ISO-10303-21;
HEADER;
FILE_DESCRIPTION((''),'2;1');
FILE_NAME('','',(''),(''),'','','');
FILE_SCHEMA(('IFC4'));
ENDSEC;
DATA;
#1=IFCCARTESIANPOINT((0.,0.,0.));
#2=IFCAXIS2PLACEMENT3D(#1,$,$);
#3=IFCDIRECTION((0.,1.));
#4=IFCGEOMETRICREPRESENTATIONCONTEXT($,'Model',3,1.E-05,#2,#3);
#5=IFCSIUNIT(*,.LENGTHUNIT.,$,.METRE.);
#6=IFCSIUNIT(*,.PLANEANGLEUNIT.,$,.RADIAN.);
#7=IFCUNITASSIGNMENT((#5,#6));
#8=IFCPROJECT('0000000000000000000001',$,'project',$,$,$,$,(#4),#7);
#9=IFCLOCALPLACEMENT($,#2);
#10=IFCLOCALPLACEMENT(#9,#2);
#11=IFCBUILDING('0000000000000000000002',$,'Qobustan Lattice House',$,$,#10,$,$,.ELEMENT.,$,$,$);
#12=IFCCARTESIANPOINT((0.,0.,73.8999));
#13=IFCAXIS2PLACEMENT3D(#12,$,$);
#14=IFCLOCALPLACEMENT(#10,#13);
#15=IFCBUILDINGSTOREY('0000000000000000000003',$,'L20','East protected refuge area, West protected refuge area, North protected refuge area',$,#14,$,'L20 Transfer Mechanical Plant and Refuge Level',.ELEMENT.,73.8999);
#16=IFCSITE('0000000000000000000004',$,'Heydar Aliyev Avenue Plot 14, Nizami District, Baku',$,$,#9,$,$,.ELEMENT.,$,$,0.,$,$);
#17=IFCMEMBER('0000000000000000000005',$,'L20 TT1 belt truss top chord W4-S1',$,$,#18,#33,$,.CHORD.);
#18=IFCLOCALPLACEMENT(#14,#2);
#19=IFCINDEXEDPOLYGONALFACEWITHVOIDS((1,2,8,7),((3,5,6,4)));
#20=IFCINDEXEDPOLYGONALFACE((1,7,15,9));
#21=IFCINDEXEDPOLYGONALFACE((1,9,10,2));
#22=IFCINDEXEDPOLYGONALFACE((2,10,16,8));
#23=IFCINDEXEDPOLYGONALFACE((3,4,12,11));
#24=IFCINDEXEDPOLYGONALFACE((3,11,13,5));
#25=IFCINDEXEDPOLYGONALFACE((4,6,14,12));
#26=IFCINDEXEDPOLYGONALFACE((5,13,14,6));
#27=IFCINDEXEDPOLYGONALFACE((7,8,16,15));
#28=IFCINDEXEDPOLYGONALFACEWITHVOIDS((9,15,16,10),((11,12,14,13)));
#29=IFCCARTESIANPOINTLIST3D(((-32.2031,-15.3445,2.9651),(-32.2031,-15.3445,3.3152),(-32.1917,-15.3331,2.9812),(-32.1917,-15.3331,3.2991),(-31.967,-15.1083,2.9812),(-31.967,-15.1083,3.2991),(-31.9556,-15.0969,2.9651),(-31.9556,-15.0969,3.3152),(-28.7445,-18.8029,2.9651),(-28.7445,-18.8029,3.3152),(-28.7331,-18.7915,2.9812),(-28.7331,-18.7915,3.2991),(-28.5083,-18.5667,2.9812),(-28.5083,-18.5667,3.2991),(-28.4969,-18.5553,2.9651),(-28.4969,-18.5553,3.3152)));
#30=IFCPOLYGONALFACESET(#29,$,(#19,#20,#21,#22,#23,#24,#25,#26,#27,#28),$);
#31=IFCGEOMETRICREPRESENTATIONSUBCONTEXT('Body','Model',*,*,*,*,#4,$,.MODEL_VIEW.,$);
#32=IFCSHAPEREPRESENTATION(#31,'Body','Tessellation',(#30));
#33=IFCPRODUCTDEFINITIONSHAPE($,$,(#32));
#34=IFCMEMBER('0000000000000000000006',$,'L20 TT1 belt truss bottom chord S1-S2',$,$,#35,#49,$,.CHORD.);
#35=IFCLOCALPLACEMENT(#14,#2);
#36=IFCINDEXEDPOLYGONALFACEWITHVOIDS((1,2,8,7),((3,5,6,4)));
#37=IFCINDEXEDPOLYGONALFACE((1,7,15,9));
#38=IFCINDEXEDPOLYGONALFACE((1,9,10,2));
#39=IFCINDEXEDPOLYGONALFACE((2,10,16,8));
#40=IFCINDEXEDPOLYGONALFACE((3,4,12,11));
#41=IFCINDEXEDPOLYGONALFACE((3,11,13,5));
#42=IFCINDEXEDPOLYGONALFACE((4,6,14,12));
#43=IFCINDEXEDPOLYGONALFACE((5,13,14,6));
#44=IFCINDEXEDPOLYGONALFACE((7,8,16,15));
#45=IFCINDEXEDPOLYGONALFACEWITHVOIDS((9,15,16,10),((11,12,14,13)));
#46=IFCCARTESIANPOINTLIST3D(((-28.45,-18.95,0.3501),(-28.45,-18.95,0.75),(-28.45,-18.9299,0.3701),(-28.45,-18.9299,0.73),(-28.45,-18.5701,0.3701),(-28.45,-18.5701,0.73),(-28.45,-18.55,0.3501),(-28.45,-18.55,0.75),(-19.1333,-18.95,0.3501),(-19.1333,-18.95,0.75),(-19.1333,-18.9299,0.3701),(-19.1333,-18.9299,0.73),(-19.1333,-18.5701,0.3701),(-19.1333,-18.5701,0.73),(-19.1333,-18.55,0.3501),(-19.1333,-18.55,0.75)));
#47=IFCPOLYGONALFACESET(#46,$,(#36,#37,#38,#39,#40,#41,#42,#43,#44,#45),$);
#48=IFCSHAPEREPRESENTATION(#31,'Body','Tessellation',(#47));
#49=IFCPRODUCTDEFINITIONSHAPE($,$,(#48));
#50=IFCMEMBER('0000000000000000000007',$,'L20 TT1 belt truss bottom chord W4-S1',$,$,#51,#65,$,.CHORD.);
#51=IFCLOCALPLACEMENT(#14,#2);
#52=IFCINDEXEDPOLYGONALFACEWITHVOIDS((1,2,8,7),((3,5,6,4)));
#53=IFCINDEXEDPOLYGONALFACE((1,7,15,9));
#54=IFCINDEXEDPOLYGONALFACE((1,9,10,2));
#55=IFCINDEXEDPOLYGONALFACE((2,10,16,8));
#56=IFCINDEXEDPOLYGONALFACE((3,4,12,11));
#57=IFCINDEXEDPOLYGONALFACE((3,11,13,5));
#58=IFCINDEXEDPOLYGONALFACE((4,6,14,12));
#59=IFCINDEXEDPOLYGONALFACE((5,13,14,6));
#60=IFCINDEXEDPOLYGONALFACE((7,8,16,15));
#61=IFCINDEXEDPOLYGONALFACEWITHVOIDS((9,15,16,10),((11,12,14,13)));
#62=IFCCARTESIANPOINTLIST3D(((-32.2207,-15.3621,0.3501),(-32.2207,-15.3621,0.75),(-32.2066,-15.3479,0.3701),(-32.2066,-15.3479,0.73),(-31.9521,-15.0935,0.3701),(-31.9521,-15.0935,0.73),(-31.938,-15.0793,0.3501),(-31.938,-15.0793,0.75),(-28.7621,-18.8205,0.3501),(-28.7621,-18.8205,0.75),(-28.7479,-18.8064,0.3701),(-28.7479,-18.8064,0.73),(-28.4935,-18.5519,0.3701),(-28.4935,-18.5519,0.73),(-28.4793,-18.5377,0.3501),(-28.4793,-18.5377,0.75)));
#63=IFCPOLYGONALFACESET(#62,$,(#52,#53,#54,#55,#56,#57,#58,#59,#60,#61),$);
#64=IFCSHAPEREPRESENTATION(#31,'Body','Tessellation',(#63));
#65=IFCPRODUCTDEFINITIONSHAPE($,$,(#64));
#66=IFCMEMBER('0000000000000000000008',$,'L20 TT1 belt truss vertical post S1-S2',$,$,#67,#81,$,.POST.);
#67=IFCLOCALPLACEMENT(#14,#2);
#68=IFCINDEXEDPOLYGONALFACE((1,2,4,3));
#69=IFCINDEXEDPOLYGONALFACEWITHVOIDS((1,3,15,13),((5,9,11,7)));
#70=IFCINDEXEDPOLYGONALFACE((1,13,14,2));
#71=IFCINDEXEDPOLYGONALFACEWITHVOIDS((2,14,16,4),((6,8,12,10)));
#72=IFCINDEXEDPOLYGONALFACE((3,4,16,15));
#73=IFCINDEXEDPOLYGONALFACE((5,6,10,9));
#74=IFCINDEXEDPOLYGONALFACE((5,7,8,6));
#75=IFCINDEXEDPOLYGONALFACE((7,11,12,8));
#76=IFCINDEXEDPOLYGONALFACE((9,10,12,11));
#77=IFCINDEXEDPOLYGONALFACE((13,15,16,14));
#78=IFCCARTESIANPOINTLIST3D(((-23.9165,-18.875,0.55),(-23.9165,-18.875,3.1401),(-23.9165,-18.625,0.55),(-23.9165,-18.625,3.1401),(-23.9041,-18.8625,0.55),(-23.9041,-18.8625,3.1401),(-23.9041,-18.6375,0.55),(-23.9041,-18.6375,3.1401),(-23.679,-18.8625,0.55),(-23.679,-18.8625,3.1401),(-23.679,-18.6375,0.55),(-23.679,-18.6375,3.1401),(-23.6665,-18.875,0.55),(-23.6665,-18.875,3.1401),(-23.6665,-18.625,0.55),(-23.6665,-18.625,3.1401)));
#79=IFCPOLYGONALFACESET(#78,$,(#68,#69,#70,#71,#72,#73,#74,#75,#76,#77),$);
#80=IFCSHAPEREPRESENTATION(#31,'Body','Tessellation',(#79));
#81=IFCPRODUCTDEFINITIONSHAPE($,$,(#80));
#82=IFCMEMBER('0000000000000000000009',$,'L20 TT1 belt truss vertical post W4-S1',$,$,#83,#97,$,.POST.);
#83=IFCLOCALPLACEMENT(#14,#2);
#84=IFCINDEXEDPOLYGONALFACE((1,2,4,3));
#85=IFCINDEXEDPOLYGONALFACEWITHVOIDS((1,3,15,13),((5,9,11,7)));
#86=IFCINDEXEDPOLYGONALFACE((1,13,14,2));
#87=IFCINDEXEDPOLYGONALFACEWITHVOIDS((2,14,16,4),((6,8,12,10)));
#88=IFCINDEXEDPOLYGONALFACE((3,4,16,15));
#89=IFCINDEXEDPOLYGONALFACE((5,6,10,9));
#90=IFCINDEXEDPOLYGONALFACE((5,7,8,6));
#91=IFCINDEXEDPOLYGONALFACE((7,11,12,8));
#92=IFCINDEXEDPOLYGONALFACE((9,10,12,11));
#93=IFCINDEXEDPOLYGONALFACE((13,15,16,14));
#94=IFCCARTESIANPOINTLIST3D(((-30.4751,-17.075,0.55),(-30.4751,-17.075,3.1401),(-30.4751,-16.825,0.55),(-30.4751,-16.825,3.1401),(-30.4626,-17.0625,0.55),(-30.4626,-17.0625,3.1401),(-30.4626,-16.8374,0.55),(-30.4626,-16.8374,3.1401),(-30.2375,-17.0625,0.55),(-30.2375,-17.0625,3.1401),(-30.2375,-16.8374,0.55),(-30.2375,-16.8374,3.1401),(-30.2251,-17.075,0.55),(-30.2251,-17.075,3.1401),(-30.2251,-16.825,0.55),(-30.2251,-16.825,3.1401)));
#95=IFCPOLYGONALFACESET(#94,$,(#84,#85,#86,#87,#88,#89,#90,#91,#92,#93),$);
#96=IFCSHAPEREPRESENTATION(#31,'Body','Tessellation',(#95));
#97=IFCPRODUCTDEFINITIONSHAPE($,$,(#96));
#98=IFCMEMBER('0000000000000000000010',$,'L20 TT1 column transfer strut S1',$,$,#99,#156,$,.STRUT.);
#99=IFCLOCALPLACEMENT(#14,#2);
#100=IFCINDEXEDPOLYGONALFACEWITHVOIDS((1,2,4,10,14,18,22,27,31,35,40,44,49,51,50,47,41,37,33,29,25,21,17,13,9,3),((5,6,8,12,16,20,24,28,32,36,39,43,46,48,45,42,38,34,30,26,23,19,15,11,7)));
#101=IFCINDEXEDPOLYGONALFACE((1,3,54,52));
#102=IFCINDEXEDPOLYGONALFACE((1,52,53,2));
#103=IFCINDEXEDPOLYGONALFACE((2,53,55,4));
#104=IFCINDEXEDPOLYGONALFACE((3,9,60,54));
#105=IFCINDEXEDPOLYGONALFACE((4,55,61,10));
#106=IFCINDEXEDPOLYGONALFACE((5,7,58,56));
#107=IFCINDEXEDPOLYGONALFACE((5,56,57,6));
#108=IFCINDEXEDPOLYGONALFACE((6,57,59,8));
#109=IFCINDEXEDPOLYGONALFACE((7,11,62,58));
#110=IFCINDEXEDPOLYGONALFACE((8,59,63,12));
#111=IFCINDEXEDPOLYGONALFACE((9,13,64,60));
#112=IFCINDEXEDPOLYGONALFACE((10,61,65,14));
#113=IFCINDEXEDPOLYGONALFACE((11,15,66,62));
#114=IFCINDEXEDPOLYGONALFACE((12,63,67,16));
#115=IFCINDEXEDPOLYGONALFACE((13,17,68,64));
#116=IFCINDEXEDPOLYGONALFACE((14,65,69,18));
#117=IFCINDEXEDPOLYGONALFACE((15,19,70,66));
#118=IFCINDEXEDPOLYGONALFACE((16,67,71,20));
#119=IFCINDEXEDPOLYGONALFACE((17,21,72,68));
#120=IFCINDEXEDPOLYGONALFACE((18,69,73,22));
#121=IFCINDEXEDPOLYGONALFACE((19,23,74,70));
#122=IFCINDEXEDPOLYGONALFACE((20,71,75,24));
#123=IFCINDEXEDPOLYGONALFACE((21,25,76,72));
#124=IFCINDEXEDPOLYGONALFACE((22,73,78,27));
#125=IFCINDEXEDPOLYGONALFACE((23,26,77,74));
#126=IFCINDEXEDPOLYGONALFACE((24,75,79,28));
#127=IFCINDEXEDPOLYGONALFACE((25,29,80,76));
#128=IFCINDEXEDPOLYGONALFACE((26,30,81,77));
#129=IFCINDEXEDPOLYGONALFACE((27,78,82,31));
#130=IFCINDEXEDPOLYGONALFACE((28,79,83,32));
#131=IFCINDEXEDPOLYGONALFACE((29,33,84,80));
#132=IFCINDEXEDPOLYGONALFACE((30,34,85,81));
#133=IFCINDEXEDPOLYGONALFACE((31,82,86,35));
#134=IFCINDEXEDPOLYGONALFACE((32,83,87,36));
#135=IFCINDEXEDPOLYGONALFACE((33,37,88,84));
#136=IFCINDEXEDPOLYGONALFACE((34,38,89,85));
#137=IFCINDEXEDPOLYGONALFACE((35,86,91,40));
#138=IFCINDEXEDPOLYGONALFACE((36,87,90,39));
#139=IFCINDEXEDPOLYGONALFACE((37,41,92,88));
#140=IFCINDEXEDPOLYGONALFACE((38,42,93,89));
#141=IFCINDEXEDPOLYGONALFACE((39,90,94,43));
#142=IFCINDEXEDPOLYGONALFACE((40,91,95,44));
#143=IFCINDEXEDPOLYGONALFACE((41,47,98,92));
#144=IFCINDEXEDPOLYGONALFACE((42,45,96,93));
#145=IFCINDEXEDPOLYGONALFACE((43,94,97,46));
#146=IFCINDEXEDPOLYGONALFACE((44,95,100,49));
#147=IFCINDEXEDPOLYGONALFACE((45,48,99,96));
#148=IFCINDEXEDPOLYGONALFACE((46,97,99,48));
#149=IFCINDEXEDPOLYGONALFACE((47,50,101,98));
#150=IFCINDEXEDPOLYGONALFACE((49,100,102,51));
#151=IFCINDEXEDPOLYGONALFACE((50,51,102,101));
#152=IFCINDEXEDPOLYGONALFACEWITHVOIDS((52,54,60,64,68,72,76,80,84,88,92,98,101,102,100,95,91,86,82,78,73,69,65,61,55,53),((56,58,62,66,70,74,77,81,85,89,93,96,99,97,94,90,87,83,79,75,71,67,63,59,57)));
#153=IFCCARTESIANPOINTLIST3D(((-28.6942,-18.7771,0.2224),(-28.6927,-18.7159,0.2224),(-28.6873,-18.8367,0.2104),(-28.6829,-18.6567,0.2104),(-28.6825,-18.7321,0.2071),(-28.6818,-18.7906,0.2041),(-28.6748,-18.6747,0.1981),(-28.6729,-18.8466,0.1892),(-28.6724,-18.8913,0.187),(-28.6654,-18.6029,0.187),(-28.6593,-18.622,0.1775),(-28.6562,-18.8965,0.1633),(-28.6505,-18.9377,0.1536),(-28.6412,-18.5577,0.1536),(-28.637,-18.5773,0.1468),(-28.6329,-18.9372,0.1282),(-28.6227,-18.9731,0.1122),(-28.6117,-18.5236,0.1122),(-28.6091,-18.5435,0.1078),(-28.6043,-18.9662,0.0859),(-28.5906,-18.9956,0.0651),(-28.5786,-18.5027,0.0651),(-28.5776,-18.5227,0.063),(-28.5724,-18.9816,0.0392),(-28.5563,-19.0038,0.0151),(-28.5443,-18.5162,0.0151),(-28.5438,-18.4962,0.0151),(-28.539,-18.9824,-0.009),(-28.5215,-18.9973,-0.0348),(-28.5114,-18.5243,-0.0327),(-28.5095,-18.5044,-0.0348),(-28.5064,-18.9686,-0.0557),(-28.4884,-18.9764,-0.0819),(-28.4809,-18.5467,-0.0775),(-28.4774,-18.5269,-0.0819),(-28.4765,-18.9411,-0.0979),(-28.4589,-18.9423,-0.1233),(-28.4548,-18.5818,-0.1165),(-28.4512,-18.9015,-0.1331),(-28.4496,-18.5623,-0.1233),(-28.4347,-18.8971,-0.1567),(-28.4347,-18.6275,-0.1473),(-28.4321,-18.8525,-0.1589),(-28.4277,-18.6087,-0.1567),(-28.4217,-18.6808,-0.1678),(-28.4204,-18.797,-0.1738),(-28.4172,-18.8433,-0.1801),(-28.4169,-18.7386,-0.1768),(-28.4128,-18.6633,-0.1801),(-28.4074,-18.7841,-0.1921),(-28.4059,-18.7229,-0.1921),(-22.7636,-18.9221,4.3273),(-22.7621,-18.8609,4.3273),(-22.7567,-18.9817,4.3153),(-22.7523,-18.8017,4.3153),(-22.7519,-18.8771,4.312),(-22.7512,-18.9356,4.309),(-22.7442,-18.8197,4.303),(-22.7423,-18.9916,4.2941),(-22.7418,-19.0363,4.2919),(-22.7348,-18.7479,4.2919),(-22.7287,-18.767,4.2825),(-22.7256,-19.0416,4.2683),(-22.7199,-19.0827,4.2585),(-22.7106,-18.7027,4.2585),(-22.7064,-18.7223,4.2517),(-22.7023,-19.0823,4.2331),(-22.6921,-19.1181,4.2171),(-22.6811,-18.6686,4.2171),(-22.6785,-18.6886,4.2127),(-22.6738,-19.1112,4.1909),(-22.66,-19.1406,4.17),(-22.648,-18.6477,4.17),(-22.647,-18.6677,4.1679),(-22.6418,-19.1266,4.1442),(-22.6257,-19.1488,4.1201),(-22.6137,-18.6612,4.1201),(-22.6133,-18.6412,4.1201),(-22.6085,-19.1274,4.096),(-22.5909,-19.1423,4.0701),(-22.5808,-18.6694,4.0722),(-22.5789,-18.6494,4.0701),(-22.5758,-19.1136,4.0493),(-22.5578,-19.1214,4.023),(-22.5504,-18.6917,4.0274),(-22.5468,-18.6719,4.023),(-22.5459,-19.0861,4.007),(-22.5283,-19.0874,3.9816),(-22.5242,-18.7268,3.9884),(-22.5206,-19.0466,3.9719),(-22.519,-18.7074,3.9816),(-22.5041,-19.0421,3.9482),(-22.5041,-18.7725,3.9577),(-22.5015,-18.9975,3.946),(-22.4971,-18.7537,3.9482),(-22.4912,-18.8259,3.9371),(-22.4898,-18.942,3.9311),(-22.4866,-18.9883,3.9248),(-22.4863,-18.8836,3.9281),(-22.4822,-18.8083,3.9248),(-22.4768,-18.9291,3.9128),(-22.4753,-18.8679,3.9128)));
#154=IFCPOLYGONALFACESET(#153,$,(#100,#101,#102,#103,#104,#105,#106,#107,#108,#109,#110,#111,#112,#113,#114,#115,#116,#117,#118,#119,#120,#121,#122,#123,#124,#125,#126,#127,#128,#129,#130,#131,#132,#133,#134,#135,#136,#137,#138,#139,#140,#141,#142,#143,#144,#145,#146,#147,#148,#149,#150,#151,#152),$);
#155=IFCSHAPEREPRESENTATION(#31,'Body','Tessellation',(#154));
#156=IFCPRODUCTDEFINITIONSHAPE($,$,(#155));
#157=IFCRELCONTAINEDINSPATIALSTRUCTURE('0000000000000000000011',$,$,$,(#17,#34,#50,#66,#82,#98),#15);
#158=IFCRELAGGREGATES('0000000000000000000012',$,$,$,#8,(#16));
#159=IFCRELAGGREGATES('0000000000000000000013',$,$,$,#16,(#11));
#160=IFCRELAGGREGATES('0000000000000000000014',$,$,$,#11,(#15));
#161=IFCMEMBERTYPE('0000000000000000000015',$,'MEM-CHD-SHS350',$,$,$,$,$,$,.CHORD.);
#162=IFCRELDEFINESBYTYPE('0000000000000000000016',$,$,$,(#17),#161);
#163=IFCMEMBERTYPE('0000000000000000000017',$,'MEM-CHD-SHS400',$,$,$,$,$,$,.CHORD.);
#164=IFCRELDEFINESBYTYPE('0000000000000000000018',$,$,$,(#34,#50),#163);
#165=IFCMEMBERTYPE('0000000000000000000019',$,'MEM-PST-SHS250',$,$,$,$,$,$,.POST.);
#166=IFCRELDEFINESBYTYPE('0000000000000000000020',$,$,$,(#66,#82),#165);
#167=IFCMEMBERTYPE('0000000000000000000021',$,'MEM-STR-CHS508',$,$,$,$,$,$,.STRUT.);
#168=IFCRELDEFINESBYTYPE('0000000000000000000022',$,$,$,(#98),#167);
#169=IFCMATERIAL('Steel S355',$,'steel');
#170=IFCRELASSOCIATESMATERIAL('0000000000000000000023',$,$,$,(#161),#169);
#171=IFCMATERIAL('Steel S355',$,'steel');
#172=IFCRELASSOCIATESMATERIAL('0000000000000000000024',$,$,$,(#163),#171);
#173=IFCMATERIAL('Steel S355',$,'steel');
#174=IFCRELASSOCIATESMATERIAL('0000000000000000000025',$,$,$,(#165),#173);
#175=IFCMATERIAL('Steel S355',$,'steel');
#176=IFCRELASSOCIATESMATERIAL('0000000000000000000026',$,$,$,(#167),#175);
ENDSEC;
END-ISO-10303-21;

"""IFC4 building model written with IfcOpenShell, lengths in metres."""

from ifc_helpers import new_model, si_unit, direction, frame, origin, origin_2d, place, context, subcontext, project, spatial, hollow_rectangle, hollow_circle, extrude, material, material_profile, profile_set, type_object, element, save


model = new_model("IFC4")

# Units and contexts
model_context = context("Model", 3, precision=1e-05, world=origin(), true_north=direction((0.0, 1.0)))
body_context = subcontext(model_context, "Body", "Model", "MODEL_VIEW")
ifc_project = project(units=[si_unit("LENGTHUNIT", "METRE"), si_unit("PLANEANGLEUNIT", "RADIAN")], contexts=[model_context])

# Site, building, storey
site_placement = place(None, origin())
site = spatial("IfcSite", under=ifc_project, at=site_placement, Name="Heydar Aliyev Avenue Plot 14, Nizami District, Baku", CompositionType="ELEMENT", RefElevation=0.0)
building_placement = place(site_placement, origin())
building = spatial("IfcBuilding", under=site, at=building_placement, Name="Qobustan Lattice House", CompositionType="ELEMENT")
storey_placement = place(building_placement, frame((0.0, 0.0, 73.8999)))
storey = spatial("IfcBuildingStorey", under=building, at=storey_placement, Name="L20", Description="East protected refuge area, West protected refuge area, North protected refuge area", LongName="L20 Transfer Mechanical Plant and Refuge Level", CompositionType="ELEMENT", Elevation=73.8999)

# Members
ifc_material_1 = material(Name="Steel S355", Category="steel")
ifc_material_profile_1 = material_profile(ifc_material_1, hollow_rectangle(XDim=0.3501, YDim=0.3501, WallThickness=0.0161, at=origin_2d()), Name="SHS350x350x16")
ifc_profile_set_1 = profile_set([ifc_material_profile_1], Name="Steel S355")
member_type_1 = type_object("IfcMemberType", Name="MEM-CHD-SHS350", PredefinedType="CHORD", material=ifc_profile_set_1)
member_1_placement = place(storey_placement, frame((-32.0793, -15.2207, 3.1401), z_axis=(0.707132, -0.707082, 0.0), x_axis=(0.707082, 0.707132, 0.0)))
element("IfcMember", 1, at=member_1_placement, inside=storey, type_object=member_type_1, Name="L20 TT1 belt truss top chord W4-S1", PredefinedType="CHORD", context=body_context, shape_type="SweptSolid", body=[
    extrude(hollow_rectangle(XDim=0.3501, YDim=0.3501, WallThickness=0.0161, at=origin_2d()), origin(), (0.0, 0.0, 1.0), 4.8911),
])
ifc_material_2 = material(Name="Steel S355", Category="steel")
ifc_material_profile_2 = material_profile(ifc_material_2, hollow_rectangle(XDim=0.3999, YDim=0.3999, WallThickness=0.02, at=origin_2d()), Name="SHS400x400x20")
ifc_profile_set_2 = profile_set([ifc_material_profile_2], Name="Steel S355")
member_type_2 = type_object("IfcMemberType", Name="MEM-CHD-SHS400", PredefinedType="CHORD", material=ifc_profile_set_2)
member_2_placement = place(storey_placement, frame((-28.45, -18.75, 0.55), z_axis=(1.0, 0.0, 0.0), x_axis=(0.0, 1.0, 0.0)))
element("IfcMember", 2, at=member_2_placement, inside=storey, type_object=member_type_2, Name="L20 TT1 belt truss bottom chord S1-S2", PredefinedType="CHORD", context=body_context, shape_type="SweptSolid", body=[
    extrude(hollow_rectangle(XDim=0.3999, YDim=0.3999, WallThickness=0.02, at=origin_2d()), origin(), (0.0, 0.0, 1.0), 9.3167),
])
member_3_placement = place(storey_placement, frame((-32.0793, -15.2207, 0.55), z_axis=(0.707132, -0.707082, 0.0), x_axis=(0.707082, 0.707132, 0.0)))
element("IfcMember", 3, at=member_3_placement, inside=storey, type_object=member_type_2, Name="L20 TT1 belt truss bottom chord W4-S1", PredefinedType="CHORD", context=body_context, shape_type="SweptSolid", body=[
    extrude(hollow_rectangle(XDim=0.3999, YDim=0.3999, WallThickness=0.02, at=origin_2d()), origin(), (0.0, 0.0, 1.0), 4.8911),
])
ifc_material_3 = material(Name="Steel S355", Category="steel")
ifc_material_profile_3 = material_profile(ifc_material_3, hollow_rectangle(XDim=0.25, YDim=0.25, WallThickness=0.0125, at=origin_2d()), Name="SHS250x250x12.5")
ifc_profile_set_3 = profile_set([ifc_material_profile_3], Name="Steel S355")
member_type_3 = type_object("IfcMemberType", Name="MEM-PST-SHS250", PredefinedType="POST", material=ifc_profile_set_3)
for number, where, z_axis, x_axis, name in (
    (4, (-23.7915, -18.75, 0.55), (0.0, 0.0, 1.0), (1.0, 0.0, 0.0), "L20 TT1 belt truss vertical post S1-S2"),
    (5, (-30.3501, -16.95, 0.55), (0.0, 0.0, 1.0), (1.0, 0.0, 0.0), "L20 TT1 belt truss vertical post W4-S1"),
):
    element("IfcMember", number, at=place(storey_placement, frame(where, z_axis=z_axis, x_axis=x_axis)), inside=storey, type_object=member_type_3, Name=name, PredefinedType="POST", context=body_context, shape_type="SweptSolid", body=[
        extrude(hollow_rectangle(XDim=0.25, YDim=0.25, WallThickness=0.0125, at=origin_2d()), origin(), (0.0, 0.0, 1.0), 2.5901),
    ])
ifc_material_4 = material(Name="Steel S355", Category="steel")
ifc_material_profile_4 = material_profile(ifc_material_4, hollow_circle(Radius=0.2539, WallThickness=0.02, at=origin_2d()), Name="CHS508x20")
ifc_profile_set_4 = profile_set([ifc_material_profile_4], Name="Steel S355")
member_type_4 = type_object("IfcMemberType", Name="MEM-STR-CHS508", PredefinedType="STRUT", material=ifc_profile_set_4)
member_4_placement = place(storey_placement, frame((-28.55, -18.75, 0.0151), z_axis=(0.822082, -0.020102, 0.569014), x_axis=(0.024445, 0.999701, 0.0)))
element("IfcMember", 6, at=member_4_placement, inside=storey, type_object=member_type_4, Name="L20 TT1 column transfer strut S1", PredefinedType="STRUT", context=body_context, shape_type="SweptSolid", body=[
    extrude(hollow_circle(Radius=0.2539, WallThickness=0.02, at=origin_2d()), origin(), (0.0, 0.0, 1.0), 7.2141),
])

save(model, "model.ifc")
